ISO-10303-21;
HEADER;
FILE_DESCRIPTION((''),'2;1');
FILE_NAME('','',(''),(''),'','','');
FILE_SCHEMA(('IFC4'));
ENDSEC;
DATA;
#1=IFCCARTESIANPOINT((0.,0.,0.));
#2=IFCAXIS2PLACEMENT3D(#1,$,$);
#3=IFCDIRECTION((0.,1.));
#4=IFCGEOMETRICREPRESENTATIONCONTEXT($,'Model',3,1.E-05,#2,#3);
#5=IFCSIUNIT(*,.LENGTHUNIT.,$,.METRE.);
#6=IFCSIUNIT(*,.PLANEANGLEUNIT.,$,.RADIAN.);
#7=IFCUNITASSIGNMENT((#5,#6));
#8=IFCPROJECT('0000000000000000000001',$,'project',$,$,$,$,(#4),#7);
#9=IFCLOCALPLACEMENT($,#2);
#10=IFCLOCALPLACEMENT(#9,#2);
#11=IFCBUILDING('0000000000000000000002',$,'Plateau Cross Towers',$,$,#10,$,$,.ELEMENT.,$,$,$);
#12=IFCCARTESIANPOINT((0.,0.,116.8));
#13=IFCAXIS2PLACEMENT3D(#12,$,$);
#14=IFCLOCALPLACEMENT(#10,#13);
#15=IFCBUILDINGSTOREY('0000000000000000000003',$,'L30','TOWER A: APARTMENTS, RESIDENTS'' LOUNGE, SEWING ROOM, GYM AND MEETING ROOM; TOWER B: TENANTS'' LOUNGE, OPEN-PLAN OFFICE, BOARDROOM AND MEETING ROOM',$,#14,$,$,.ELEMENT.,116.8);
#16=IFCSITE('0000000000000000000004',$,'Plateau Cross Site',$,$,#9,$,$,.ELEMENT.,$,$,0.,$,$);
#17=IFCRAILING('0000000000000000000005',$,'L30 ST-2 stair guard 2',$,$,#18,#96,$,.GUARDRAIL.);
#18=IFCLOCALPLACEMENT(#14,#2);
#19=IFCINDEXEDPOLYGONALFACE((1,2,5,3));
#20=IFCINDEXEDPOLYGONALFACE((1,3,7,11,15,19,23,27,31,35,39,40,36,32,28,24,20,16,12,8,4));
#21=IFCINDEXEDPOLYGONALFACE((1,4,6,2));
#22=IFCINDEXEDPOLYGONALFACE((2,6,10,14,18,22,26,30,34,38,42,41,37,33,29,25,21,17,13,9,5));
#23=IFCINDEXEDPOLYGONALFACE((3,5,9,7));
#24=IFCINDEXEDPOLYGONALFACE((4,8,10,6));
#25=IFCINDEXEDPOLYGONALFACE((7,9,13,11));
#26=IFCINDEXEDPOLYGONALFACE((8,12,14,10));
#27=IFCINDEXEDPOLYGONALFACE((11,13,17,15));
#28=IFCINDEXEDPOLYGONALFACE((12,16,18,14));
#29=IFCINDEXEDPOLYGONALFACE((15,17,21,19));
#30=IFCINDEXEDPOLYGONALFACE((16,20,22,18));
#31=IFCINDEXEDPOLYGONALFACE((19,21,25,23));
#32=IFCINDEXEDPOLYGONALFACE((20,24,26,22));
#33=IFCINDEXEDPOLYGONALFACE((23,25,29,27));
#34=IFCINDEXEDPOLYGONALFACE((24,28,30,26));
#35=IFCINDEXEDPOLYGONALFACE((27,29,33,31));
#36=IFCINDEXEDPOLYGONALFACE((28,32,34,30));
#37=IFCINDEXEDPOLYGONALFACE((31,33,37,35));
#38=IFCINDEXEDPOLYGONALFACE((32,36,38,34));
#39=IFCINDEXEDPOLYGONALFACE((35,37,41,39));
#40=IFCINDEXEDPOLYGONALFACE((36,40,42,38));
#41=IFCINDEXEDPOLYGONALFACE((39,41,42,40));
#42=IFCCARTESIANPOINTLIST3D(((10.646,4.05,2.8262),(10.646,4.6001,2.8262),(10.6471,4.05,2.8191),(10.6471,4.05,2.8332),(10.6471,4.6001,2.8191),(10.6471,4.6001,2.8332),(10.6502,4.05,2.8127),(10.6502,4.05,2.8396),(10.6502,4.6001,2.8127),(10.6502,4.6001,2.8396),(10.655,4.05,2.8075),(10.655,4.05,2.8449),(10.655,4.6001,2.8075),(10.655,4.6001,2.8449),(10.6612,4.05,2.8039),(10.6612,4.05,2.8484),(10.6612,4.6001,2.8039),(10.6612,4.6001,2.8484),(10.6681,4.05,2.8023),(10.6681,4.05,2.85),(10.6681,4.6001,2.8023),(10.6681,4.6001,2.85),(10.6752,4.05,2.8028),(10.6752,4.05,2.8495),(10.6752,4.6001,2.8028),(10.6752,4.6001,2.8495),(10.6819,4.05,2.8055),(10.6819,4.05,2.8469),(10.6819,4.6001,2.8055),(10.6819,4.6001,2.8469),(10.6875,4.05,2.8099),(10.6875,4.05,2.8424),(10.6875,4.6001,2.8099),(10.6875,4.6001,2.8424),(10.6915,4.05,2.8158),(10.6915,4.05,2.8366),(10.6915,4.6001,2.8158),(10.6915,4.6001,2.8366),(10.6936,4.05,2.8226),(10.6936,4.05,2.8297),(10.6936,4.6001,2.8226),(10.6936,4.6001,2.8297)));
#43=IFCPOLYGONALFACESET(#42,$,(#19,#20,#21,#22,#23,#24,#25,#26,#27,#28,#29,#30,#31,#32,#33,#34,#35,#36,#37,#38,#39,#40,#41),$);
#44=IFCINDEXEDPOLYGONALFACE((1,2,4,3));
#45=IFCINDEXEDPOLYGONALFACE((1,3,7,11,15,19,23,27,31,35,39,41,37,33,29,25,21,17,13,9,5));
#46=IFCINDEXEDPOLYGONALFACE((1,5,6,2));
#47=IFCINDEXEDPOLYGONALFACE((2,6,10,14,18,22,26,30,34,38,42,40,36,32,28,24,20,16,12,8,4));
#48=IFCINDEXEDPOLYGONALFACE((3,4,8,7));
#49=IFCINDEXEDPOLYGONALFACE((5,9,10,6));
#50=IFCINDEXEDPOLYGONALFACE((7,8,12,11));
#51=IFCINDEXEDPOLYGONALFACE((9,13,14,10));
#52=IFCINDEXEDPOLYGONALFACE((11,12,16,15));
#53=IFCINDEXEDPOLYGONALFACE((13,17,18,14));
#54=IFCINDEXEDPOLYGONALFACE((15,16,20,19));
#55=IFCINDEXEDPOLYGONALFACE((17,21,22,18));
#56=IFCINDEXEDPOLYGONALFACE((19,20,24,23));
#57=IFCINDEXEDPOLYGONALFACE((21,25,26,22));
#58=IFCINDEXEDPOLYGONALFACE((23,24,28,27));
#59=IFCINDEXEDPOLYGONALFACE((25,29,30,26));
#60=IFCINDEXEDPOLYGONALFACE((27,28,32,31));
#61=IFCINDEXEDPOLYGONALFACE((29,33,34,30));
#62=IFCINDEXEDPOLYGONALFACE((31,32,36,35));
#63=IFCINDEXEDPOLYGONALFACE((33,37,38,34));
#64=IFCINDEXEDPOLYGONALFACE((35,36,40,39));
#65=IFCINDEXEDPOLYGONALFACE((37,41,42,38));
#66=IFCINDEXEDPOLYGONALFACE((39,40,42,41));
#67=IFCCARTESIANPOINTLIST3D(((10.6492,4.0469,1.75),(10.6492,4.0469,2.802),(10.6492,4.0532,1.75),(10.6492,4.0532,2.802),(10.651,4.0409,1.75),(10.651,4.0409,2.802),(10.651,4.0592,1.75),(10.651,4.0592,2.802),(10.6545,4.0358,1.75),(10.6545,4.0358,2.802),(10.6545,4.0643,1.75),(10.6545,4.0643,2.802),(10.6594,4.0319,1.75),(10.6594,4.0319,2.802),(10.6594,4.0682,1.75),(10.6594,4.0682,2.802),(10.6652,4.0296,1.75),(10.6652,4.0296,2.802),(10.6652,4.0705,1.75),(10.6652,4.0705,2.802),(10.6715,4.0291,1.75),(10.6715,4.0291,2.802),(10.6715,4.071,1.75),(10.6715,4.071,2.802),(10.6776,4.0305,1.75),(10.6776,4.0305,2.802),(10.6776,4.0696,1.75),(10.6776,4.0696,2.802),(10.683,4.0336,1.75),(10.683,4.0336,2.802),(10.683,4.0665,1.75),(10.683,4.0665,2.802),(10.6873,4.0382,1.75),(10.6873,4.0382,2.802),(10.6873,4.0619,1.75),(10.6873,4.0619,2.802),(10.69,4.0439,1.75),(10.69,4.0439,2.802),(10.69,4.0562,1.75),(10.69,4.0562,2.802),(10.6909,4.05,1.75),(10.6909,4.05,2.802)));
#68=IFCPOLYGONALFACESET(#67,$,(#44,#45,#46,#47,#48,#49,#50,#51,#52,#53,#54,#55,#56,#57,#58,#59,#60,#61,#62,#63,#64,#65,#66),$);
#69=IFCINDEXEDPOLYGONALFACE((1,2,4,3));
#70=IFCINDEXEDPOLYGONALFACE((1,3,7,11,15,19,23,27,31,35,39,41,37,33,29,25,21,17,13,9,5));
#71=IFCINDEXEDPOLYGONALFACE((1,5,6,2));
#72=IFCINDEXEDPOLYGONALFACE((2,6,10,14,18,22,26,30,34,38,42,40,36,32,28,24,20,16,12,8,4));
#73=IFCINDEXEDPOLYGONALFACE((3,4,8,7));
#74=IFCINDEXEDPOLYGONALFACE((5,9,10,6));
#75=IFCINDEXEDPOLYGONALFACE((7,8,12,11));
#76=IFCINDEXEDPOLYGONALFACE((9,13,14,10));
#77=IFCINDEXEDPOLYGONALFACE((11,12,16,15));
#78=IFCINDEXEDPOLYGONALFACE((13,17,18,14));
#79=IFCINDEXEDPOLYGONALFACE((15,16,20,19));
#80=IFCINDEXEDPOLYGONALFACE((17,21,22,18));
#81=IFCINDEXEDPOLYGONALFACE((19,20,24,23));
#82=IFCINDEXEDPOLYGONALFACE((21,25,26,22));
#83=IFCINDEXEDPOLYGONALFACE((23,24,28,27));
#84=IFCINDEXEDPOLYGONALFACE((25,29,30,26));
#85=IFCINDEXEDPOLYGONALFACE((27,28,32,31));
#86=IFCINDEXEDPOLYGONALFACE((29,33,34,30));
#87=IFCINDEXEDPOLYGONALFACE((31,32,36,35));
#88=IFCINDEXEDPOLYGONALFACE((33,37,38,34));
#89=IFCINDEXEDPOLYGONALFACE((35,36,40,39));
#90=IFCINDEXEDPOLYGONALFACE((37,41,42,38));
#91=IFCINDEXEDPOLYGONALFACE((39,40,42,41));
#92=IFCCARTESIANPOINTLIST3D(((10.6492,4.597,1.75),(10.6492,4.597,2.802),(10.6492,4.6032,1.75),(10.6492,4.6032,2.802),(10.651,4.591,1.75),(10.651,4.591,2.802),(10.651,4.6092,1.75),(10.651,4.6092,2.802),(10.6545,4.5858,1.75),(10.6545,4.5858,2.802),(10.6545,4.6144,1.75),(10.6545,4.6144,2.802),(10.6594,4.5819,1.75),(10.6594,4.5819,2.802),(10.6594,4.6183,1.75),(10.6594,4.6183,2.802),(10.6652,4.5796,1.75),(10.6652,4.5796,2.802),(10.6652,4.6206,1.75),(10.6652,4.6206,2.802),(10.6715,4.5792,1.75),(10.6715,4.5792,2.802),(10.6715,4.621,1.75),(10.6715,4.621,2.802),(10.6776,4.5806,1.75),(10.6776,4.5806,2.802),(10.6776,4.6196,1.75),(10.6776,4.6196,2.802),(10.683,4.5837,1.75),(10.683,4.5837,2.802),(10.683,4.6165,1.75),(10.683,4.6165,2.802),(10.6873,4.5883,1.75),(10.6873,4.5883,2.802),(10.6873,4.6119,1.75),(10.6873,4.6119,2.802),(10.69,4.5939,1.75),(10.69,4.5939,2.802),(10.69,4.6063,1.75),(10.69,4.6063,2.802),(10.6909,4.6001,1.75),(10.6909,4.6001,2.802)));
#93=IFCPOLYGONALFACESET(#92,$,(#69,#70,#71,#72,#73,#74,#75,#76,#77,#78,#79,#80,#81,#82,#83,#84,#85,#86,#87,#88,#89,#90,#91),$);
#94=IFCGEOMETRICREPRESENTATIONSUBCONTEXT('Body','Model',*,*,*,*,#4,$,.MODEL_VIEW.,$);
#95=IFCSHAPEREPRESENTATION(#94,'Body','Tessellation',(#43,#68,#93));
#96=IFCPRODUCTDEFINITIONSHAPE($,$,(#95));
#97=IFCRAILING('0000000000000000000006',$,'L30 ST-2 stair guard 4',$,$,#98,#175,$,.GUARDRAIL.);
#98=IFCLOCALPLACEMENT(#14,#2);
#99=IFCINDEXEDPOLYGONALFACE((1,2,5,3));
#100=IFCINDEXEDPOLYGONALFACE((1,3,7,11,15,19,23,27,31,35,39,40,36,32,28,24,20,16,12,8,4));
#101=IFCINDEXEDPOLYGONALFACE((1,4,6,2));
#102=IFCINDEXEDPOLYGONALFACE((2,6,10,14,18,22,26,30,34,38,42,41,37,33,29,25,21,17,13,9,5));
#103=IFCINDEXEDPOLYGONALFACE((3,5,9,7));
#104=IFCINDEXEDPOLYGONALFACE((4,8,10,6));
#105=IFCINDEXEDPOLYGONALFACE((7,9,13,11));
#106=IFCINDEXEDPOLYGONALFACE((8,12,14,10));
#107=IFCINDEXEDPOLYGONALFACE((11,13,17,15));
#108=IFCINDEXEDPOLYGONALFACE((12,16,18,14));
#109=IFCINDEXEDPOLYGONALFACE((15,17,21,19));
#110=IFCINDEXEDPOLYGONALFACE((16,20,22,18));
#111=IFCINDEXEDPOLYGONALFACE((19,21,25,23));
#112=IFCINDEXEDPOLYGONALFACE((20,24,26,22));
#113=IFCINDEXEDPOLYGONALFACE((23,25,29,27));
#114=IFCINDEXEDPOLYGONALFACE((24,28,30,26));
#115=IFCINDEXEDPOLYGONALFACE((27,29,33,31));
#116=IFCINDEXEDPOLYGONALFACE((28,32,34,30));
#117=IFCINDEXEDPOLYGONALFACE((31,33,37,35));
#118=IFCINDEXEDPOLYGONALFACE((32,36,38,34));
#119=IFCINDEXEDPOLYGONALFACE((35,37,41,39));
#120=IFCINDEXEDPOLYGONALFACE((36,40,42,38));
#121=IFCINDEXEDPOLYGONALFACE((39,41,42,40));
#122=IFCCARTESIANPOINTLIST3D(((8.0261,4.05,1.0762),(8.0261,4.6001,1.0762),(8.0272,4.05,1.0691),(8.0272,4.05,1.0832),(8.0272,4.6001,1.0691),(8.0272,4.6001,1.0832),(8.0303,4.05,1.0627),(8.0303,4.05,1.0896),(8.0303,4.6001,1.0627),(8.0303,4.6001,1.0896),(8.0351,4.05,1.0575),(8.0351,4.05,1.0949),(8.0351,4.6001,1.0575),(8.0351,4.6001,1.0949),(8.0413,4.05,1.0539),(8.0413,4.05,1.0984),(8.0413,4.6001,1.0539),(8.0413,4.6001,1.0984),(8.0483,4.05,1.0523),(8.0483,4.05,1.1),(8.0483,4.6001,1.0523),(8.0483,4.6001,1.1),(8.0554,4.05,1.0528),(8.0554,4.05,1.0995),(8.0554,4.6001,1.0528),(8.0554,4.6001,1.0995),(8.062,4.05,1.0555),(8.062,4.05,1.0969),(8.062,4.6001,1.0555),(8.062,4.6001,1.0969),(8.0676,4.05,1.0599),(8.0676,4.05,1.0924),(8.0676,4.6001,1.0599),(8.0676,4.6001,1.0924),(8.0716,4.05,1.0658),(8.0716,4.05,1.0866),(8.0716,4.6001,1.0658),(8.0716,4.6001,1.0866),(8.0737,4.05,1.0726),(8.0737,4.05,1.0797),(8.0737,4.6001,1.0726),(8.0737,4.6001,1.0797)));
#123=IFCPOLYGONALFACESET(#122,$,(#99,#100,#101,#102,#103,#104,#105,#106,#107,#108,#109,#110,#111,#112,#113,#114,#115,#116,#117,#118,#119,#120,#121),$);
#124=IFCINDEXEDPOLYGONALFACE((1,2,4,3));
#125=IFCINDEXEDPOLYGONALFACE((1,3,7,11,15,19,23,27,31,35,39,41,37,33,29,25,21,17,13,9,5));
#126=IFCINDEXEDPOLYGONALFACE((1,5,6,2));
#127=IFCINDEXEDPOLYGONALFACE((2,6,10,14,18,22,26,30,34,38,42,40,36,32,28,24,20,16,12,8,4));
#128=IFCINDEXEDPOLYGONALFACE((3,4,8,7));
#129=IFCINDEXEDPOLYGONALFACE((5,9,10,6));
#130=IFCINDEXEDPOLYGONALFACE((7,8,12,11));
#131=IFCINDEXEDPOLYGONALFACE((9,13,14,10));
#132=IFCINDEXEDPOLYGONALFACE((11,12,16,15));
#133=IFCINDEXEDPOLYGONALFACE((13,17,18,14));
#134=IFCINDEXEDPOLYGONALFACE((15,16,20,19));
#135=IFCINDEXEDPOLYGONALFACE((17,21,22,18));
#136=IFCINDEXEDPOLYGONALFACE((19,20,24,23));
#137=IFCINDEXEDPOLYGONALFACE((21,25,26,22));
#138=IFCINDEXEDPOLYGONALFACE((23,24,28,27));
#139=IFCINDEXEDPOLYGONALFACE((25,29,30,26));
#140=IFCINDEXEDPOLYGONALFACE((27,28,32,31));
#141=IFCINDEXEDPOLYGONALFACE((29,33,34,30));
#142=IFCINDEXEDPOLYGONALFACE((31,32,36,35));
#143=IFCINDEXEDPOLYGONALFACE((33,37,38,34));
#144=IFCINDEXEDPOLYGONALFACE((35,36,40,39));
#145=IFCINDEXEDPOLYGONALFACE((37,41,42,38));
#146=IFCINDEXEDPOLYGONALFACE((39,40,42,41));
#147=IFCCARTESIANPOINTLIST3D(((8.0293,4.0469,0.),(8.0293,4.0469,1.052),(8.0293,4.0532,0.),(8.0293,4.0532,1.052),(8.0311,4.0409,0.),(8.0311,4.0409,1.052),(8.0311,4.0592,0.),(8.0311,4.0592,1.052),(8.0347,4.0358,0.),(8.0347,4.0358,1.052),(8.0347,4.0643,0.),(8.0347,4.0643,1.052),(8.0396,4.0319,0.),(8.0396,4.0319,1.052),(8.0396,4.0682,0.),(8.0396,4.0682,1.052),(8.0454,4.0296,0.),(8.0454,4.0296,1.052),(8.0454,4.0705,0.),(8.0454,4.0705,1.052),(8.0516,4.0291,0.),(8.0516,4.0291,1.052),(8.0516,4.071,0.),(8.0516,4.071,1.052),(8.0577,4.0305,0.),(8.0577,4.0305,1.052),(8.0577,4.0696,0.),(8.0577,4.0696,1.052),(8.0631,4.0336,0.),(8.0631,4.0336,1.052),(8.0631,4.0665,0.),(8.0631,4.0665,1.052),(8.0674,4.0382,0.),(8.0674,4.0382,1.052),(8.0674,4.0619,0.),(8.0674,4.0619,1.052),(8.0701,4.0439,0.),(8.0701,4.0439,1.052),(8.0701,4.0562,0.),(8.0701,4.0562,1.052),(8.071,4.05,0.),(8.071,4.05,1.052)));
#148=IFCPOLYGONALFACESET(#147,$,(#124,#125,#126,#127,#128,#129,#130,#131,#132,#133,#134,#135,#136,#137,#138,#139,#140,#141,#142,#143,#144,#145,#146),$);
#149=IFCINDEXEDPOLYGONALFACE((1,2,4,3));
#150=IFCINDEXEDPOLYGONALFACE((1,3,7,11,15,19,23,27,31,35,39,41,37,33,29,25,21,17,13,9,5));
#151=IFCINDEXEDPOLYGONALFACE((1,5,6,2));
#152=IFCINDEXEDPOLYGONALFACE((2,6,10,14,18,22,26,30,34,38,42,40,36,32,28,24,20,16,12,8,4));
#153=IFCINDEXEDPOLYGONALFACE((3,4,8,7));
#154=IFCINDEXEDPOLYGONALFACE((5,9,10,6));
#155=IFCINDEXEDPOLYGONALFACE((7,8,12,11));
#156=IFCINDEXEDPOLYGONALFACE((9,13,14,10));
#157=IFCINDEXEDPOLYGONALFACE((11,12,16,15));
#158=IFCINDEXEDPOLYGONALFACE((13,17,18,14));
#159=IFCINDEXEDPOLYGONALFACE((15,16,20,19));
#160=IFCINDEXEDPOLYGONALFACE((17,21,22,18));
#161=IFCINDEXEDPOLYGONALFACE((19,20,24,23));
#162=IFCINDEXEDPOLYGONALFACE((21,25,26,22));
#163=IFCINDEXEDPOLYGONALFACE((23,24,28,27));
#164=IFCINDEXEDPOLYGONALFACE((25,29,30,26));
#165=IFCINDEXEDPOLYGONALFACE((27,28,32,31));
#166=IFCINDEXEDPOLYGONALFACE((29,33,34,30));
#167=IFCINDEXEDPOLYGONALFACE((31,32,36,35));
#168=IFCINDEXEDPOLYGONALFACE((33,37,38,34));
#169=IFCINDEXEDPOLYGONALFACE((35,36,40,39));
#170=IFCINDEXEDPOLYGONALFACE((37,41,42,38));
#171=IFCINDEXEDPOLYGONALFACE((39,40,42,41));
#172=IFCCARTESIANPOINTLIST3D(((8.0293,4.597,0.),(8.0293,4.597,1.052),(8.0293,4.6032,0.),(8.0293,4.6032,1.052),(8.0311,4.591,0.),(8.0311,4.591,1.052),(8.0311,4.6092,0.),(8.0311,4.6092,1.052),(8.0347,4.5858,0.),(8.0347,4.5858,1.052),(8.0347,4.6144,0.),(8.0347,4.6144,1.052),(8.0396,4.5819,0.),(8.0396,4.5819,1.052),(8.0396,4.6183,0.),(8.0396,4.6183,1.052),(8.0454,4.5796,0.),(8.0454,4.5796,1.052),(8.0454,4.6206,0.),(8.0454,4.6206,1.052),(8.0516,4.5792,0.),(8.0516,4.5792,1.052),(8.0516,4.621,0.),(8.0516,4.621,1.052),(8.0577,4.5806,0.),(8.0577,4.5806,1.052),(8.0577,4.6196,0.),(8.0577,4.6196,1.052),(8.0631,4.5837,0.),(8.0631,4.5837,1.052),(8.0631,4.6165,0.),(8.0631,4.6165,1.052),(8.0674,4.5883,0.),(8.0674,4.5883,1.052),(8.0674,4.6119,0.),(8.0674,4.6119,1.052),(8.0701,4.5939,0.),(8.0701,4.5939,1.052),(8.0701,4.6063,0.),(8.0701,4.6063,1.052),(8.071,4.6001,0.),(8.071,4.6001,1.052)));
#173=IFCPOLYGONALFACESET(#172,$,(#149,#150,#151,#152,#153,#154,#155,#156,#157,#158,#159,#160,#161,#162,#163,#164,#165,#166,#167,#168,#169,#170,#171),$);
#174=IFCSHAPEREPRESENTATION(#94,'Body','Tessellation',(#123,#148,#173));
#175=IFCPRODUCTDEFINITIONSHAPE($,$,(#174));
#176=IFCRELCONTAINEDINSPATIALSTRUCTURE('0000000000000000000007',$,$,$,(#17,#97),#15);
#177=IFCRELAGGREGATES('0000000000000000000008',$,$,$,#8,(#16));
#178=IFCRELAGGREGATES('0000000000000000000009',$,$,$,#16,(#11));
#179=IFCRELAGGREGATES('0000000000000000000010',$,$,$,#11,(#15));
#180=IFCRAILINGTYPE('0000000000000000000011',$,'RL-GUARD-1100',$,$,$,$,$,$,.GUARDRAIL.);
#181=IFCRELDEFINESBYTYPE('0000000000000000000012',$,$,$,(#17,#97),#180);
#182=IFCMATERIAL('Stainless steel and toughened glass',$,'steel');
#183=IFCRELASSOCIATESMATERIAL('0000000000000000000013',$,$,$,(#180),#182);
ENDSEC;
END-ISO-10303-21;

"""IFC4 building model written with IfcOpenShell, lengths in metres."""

from ifc_helpers import new_model, si_unit, direction, frame, origin, origin_2d, place, context, subcontext, project, spatial, circle, extrude, material, type_object, element, save


model = new_model("IFC4")

# Units and contexts
model_context = context("Model", 3, precision=1e-05, world=origin(), true_north=direction((0.0, 1.0)))
body_context = subcontext(model_context, "Body", "Model", "MODEL_VIEW")
ifc_project = project(units=[si_unit("LENGTHUNIT", "METRE"), si_unit("PLANEANGLEUNIT", "RADIAN")], contexts=[model_context])

# Site, building, storey
site_placement = place(None, origin())
site = spatial("IfcSite", under=ifc_project, at=site_placement, Name="Plateau Cross Site", CompositionType="ELEMENT", RefElevation=0.0)
building_placement = place(site_placement, origin())
building = spatial("IfcBuilding", under=site, at=building_placement, Name="Plateau Cross Towers", CompositionType="ELEMENT")
storey_placement = place(building_placement, frame((0.0, 0.0, 116.8)))
storey = spatial("IfcBuildingStorey", under=building, at=storey_placement, Name="L30", Description="TOWER A: APARTMENTS, RESIDENTS' LOUNGE, SEWING ROOM, GYM AND MEETING ROOM; TOWER B: TENANTS' LOUNGE, OPEN-PLAN OFFICE, BOARDROOM AND MEETING ROOM", CompositionType="ELEMENT", Elevation=116.8)

# Railings
ifc_material_1 = material(Name="Stainless steel and toughened glass", Category="steel")
railing_type_1 = type_object("IfcRailingType", Name="RL-GUARD-1100", PredefinedType="GUARDRAIL", material=ifc_material_1)
for number, where, name in (
    (1, (10.6699, 4.05, 1.75), "L30 ST-2 stair guard 2"),
    (2, (8.05, 4.05, 0.0), "L30 ST-2 stair guard 4"),
):
    element("IfcRailing", number, at=place(storey_placement, frame(where)), inside=storey, type_object=railing_type_1, Name=name, PredefinedType="GUARDRAIL", context=body_context, shape_type="SweptSolid", body=[
        extrude(circle(Radius=0.0239, at=origin_2d()), frame((0.0, 0.0, 1.0762), z_axis=(0.0, 1.0, 0.0), x_axis=(-1.0, 0.0, 0.0)), (0.0, 0.0, 1.0), 0.55),
        extrude(circle(Radius=0.021, at=origin_2d()), origin(), (0.0, 0.0, 1.0), 1.052),
        extrude(circle(Radius=0.021, at=origin_2d()), frame((0.0, 0.55, 0.0)), (0.0, 0.0, 1.0), 1.052),
    ])

save(model, "model.ifc")
